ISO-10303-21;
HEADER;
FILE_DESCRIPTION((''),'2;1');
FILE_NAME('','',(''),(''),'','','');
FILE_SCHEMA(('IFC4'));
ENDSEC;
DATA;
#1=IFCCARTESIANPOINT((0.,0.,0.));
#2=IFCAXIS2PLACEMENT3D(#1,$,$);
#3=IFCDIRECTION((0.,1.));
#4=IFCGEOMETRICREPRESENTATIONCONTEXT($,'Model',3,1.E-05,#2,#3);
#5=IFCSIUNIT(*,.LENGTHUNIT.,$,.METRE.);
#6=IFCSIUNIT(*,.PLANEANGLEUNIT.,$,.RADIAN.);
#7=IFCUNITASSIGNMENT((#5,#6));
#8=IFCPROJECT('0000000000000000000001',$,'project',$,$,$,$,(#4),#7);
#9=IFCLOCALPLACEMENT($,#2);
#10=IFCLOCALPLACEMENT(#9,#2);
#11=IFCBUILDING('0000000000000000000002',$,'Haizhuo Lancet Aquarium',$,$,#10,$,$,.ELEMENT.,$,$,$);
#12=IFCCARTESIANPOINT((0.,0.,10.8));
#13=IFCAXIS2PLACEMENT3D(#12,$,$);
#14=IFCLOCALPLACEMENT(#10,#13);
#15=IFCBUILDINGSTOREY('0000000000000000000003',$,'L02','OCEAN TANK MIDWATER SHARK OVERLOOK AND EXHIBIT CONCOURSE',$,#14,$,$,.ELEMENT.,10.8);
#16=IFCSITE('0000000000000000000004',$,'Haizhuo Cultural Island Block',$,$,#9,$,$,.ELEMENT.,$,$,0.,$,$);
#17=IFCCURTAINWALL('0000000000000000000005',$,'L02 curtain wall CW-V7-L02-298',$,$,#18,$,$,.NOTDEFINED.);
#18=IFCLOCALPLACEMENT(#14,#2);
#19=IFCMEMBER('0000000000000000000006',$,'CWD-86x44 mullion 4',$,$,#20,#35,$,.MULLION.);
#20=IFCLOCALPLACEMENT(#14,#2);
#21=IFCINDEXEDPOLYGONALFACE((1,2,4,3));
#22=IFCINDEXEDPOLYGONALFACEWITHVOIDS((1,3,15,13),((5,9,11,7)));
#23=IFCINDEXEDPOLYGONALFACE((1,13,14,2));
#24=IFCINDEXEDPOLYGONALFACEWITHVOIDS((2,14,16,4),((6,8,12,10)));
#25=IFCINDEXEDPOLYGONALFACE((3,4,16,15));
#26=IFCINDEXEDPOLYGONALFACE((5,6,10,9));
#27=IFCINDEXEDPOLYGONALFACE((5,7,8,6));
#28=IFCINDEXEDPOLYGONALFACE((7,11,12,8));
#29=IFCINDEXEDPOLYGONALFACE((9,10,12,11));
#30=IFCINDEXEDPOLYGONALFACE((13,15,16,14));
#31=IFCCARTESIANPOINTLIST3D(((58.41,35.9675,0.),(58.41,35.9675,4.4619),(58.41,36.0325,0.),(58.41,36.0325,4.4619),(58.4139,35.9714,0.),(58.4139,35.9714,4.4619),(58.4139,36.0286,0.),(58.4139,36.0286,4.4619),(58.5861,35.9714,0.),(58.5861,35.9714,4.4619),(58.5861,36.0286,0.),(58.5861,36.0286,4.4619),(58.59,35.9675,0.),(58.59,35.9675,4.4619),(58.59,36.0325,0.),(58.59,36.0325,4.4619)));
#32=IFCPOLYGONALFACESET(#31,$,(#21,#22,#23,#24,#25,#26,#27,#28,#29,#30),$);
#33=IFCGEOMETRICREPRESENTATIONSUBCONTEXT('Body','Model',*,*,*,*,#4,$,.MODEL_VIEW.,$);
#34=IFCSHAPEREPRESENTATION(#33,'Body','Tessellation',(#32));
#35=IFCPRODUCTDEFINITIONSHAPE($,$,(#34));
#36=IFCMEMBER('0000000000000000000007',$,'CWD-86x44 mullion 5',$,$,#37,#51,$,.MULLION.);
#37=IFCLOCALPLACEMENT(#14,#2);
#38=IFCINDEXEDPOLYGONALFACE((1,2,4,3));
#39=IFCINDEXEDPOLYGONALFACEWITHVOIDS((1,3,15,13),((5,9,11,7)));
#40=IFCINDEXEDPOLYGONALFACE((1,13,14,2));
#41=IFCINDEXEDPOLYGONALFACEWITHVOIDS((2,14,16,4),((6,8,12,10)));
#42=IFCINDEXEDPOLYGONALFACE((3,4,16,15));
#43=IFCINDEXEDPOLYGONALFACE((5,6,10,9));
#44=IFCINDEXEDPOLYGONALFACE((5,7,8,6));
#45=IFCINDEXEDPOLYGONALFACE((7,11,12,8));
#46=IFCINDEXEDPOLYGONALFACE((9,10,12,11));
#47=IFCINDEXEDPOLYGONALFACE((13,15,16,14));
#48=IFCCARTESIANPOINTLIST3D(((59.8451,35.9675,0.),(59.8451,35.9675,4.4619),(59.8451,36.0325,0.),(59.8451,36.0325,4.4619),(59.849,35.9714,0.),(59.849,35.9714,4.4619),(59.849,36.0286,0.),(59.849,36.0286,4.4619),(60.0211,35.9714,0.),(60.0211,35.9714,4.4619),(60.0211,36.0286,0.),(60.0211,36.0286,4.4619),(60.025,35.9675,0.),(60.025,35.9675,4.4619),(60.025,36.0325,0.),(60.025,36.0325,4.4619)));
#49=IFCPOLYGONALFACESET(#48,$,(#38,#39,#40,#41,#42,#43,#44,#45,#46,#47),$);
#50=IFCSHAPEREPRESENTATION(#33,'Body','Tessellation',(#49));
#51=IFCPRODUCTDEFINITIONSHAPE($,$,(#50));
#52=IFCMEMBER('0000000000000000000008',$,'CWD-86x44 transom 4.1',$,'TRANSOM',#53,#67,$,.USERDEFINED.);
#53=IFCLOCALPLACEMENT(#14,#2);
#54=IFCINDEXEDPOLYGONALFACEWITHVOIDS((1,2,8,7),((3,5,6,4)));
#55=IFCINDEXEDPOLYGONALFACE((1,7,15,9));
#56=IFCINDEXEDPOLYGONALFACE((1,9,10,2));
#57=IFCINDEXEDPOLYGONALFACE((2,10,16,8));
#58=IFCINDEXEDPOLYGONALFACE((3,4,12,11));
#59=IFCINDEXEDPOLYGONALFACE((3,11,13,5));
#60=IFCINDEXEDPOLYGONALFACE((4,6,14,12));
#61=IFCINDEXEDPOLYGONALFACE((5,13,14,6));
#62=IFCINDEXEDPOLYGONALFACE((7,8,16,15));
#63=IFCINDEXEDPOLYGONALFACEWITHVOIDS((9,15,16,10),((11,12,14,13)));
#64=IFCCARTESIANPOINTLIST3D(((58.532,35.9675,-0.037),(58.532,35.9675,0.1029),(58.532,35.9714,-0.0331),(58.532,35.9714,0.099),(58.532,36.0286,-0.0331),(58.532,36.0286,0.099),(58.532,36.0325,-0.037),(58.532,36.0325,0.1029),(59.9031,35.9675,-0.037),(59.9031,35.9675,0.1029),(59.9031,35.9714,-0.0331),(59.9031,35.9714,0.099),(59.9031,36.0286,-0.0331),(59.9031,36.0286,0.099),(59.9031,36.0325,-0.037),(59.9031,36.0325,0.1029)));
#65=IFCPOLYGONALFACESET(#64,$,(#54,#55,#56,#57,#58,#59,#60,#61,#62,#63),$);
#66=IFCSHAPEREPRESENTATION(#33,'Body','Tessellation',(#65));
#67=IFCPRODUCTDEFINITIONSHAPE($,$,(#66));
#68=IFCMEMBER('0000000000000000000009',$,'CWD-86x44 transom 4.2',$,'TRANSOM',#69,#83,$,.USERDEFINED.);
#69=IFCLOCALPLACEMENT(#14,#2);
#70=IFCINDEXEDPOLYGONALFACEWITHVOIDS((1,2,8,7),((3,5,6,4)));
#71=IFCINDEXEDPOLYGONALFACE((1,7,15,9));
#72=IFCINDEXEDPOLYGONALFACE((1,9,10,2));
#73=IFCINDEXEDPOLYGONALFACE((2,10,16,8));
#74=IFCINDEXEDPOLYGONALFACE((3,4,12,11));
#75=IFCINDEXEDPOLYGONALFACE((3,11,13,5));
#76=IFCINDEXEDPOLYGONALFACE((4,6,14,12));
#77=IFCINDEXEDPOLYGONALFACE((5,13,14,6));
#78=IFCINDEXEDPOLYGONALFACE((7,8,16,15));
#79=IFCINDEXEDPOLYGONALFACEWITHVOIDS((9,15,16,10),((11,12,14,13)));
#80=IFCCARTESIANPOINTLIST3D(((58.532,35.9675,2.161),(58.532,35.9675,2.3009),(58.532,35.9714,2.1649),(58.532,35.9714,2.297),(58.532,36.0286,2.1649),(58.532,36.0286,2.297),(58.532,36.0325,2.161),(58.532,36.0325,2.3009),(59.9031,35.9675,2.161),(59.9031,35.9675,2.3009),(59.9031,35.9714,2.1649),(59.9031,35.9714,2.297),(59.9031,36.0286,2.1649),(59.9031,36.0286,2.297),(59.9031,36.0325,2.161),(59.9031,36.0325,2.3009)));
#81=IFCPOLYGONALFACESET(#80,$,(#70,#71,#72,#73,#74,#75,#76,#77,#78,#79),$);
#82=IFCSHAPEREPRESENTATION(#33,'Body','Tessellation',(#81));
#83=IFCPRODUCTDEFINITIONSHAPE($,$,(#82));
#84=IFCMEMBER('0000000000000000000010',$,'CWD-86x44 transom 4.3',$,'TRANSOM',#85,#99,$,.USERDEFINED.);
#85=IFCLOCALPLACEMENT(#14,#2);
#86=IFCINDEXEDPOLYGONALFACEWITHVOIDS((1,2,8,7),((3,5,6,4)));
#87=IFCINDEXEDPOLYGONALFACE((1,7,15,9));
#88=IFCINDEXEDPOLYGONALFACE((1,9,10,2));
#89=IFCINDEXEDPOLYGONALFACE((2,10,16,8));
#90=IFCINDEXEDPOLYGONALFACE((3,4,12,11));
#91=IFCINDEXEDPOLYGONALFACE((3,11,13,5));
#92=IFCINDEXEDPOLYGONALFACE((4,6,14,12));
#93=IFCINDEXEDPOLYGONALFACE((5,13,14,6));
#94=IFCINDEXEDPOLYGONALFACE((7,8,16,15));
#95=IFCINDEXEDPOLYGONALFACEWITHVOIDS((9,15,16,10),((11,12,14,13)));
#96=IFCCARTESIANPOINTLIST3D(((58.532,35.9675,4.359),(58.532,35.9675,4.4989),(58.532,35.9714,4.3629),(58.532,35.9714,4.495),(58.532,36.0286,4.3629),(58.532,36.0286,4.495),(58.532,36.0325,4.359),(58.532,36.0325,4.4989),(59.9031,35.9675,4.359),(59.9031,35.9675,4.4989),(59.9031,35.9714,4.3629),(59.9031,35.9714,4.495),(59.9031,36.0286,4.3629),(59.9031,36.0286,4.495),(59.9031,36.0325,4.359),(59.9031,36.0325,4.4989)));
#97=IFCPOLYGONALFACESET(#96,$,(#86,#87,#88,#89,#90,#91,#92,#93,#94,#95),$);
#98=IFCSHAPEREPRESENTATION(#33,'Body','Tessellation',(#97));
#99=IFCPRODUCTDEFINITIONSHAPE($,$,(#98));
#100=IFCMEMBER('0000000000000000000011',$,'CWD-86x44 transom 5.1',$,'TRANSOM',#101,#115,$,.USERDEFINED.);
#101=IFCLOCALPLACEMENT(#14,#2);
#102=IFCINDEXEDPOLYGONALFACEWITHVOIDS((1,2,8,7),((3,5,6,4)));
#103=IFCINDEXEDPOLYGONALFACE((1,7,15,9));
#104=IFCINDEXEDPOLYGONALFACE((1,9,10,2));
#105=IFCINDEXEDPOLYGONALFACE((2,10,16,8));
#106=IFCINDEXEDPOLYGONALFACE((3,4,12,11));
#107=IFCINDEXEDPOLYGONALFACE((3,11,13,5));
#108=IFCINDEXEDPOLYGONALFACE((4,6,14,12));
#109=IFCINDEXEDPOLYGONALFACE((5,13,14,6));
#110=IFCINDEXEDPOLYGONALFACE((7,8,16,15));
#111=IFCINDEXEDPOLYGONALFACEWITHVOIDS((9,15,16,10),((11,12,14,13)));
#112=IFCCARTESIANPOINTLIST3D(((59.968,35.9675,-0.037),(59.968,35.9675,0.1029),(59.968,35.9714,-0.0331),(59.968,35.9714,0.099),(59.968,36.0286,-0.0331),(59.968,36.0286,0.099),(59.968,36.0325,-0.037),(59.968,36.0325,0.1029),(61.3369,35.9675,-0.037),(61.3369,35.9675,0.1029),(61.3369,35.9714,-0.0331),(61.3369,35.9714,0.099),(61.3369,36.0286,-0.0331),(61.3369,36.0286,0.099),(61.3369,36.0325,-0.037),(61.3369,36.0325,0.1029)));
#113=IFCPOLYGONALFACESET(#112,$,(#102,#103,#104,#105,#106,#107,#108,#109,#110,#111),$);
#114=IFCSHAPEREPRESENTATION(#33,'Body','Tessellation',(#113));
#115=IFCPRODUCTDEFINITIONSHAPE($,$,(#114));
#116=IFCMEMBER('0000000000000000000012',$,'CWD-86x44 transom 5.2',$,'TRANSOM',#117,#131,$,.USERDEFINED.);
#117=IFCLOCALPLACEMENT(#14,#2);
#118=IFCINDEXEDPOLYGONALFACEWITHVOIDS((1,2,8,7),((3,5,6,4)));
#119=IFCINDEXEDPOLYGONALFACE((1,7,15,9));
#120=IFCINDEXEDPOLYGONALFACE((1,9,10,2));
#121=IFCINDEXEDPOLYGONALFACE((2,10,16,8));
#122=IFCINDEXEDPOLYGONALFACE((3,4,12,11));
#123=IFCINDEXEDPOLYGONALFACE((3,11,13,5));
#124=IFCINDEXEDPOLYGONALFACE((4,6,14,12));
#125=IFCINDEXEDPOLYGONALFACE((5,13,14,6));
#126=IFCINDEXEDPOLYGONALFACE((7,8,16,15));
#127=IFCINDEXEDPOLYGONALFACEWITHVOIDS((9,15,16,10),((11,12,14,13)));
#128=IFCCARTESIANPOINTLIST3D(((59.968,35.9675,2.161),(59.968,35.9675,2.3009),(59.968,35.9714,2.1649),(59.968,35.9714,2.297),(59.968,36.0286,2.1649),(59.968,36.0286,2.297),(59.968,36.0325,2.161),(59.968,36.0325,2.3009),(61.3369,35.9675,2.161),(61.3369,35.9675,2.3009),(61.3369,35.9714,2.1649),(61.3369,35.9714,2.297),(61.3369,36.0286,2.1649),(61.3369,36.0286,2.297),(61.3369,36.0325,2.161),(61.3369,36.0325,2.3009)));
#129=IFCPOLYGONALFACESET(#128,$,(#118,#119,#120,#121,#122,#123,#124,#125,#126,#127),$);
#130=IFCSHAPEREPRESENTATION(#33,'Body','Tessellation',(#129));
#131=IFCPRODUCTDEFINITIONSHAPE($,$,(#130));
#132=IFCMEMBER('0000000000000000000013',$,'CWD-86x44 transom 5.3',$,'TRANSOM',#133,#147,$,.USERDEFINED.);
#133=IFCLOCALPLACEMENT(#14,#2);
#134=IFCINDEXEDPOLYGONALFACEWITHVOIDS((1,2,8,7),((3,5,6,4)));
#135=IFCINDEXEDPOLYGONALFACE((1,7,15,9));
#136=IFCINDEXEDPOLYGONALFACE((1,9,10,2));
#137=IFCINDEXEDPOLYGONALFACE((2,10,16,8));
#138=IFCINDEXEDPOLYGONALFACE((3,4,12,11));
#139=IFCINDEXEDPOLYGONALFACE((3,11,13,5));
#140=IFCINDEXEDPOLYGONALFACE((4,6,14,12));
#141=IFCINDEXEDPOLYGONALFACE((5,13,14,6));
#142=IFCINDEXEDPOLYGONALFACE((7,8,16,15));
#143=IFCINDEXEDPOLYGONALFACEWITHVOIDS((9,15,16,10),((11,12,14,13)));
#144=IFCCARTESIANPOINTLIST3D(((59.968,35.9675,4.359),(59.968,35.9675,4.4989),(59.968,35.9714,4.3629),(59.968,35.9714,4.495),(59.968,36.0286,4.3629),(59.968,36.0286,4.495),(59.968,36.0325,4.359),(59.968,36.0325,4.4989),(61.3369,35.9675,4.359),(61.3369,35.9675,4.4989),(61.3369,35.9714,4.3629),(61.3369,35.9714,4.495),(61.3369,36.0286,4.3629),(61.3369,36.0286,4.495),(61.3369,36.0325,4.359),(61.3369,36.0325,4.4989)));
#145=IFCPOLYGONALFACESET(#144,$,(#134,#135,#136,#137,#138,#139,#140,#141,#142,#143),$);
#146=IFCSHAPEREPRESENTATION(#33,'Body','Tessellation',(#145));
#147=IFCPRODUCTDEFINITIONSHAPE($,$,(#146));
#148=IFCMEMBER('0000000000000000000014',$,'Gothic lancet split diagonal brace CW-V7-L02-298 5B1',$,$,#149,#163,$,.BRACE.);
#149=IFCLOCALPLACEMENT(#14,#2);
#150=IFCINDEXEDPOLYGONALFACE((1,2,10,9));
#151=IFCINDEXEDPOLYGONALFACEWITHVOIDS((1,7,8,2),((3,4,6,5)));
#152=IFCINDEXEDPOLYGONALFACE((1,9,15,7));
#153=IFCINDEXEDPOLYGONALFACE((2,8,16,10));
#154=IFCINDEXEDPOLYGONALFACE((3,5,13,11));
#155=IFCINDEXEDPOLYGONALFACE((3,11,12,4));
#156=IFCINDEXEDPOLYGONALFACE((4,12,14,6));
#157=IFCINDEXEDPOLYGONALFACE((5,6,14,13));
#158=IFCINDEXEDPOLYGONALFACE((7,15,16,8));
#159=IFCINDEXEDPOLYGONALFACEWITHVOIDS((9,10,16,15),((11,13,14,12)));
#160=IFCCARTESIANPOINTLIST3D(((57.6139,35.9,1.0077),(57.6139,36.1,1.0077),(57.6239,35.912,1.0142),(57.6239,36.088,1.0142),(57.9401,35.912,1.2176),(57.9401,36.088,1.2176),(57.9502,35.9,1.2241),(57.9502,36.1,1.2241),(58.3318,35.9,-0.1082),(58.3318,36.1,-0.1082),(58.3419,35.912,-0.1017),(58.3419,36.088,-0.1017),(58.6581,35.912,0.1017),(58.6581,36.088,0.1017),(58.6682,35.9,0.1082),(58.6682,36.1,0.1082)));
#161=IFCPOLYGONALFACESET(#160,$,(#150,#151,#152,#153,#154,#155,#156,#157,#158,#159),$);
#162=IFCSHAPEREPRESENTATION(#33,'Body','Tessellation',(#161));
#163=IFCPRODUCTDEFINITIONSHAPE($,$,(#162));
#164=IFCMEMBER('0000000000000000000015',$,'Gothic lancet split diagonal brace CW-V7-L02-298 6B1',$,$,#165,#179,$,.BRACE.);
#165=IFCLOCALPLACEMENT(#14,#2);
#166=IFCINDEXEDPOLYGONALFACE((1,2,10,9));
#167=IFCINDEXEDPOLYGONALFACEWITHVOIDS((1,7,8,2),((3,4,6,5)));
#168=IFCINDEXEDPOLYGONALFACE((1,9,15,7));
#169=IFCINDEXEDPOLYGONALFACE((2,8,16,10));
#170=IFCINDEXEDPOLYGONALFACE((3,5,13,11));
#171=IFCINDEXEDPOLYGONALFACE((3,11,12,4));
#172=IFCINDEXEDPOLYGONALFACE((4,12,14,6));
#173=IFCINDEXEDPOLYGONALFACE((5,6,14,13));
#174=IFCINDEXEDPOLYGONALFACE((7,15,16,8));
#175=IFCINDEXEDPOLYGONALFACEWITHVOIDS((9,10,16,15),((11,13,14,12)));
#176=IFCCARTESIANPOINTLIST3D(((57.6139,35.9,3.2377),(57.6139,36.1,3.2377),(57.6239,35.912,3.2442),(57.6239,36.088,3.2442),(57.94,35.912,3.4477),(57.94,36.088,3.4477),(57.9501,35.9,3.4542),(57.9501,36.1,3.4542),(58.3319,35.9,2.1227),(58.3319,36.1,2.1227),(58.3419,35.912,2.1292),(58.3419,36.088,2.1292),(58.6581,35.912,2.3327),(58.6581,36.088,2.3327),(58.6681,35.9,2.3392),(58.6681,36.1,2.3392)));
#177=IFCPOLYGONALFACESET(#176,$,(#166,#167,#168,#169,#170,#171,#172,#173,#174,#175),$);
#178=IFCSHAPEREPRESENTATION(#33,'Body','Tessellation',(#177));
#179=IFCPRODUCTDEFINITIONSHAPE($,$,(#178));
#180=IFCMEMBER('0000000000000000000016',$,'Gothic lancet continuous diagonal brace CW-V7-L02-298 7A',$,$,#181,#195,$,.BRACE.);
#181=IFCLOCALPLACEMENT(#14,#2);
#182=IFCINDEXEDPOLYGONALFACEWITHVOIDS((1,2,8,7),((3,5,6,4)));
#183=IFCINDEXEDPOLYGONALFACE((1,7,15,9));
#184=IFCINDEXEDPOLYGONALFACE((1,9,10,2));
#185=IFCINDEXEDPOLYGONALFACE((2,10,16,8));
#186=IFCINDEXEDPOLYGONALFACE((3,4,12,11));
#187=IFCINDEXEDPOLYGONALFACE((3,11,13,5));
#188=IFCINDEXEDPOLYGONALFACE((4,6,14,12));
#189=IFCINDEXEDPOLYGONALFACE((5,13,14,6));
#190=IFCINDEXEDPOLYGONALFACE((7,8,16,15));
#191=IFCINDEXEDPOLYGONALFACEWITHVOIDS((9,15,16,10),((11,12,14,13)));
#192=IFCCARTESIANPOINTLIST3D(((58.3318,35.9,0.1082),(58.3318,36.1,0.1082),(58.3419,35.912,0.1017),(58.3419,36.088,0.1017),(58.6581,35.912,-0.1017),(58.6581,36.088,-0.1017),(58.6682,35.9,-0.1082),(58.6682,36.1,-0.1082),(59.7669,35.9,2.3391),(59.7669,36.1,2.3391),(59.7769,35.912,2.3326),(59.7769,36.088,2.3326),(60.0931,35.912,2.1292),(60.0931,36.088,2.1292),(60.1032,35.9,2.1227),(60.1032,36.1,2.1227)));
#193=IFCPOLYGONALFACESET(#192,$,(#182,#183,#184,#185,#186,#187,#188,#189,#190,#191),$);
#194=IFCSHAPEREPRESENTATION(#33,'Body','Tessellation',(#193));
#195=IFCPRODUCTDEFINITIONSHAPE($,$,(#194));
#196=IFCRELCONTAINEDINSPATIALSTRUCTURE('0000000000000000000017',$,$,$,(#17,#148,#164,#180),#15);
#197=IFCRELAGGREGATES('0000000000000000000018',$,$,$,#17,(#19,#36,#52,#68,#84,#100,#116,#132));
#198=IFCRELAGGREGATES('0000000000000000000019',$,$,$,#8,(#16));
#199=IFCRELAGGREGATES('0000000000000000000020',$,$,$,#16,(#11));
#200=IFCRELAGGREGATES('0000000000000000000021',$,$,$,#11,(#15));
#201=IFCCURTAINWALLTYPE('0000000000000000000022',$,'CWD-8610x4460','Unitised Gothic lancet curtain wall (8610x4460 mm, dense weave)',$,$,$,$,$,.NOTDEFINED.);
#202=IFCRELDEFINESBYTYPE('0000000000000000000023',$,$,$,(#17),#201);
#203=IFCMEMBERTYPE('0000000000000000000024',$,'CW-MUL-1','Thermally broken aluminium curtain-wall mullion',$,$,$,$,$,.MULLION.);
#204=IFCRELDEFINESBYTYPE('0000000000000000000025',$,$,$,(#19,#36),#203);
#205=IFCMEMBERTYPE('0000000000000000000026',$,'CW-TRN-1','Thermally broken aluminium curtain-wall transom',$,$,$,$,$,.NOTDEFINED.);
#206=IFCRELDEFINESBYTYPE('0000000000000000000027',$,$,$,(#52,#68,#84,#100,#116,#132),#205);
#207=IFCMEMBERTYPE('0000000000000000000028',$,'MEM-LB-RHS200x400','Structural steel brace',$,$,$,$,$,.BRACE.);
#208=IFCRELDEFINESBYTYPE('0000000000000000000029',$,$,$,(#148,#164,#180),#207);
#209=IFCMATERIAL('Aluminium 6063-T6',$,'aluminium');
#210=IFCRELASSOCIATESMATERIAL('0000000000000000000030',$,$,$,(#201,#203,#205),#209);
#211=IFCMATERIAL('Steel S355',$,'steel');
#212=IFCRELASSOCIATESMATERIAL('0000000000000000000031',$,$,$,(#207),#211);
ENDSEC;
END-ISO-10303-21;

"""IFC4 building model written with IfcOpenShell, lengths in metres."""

from ifc_helpers import new_model, si_unit, direction, frame, origin, origin_2d, place, context, subcontext, project, spatial, hollow_rectangle, extrude, material, material_profile, profile_set, type_object, element, aggregate, save


model = new_model("IFC4")

# Units and contexts
model_context = context("Model", 3, precision=1e-05, world=origin(), true_north=direction((0.0, 1.0)))
body_context = subcontext(model_context, "Body", "Model", "MODEL_VIEW")
ifc_project = project(units=[si_unit("LENGTHUNIT", "METRE"), si_unit("PLANEANGLEUNIT", "RADIAN")], contexts=[model_context])

# Site, building, storey
site_placement = place(None, origin())
site = spatial("IfcSite", under=ifc_project, at=site_placement, Name="Haizhuo Cultural Island Block", CompositionType="ELEMENT", RefElevation=0.0)
building_placement = place(site_placement, origin())
building = spatial("IfcBuilding", under=site, at=building_placement, Name="Haizhuo Lancet Aquarium", CompositionType="ELEMENT")
storey_placement = place(building_placement, frame((0.0, 0.0, 10.8)))
storey = spatial("IfcBuildingStorey", under=building, at=storey_placement, Name="L02", Description="OCEAN TANK MIDWATER SHARK OVERLOOK AND EXHIBIT CONCOURSE", CompositionType="ELEMENT", Elevation=10.8)

# Curtain wall, members
ifc_material_1 = material(Name="Aluminium 6063-T6", Category="aluminium")
curtain_wall_type = type_object("IfcCurtainWallType", Name="CWD-8610x4460", Description="Unitised Gothic lancet curtain wall (8610x4460 mm, dense weave)", PredefinedType="NOTDEFINED", material=ifc_material_1)
curtain_wall_placement = place(storey_placement, origin())
curtain_wall = element("IfcCurtainWall", 1, at=curtain_wall_placement, inside=storey, type_object=curtain_wall_type, Name="L02 curtain wall CW-V7-L02-298", PredefinedType="NOTDEFINED")
ifc_material_profile_1 = material_profile(ifc_material_1, hollow_rectangle(XDim=0.0649, YDim=0.1799, WallThickness=0.0039, at=origin_2d()), Name="ALU-M 65x180x4")
ifc_profile_set_1 = profile_set([ifc_material_profile_1], Name="Aluminium 6063-T6")
member_type_1 = type_object("IfcMemberType", Name="CW-MUL-1", Description="Thermally broken aluminium curtain-wall mullion", PredefinedType="MULLION", material=ifc_profile_set_1)
member_1_placement = place(storey_placement, frame((58.5, 36.0, 0.0), z_axis=(0.0, 0.0, 1.0), x_axis=(0.0, 1.0, 0.0)))
member_1 = element("IfcMember", 2, at=member_1_placement, type_object=member_type_1, Name="CWD-86x44 mullion 4", PredefinedType="MULLION", context=body_context, shape_type="SweptSolid", body=[
    extrude(hollow_rectangle(XDim=0.0649, YDim=0.1799, WallThickness=0.0039, at=origin_2d()), origin(), (0.0, 0.0, 1.0), 4.4619),
])
member_2_placement = place(storey_placement, frame((59.9351, 36.0, 0.0), z_axis=(0.0, 0.0, 1.0), x_axis=(0.0, 1.0, 0.0)))
member_2 = element("IfcMember", 3, at=member_2_placement, type_object=member_type_1, Name="CWD-86x44 mullion 5", PredefinedType="MULLION", context=body_context, shape_type="SweptSolid", body=[
    extrude(hollow_rectangle(XDim=0.0649, YDim=0.1799, WallThickness=0.0039, at=origin_2d()), origin(), (0.0, 0.0, 1.0), 4.4619),
])
ifc_material_profile_2 = material_profile(ifc_material_1, hollow_rectangle(XDim=0.0649, YDim=0.1399, WallThickness=0.0039, at=origin_2d()), Name="ALU-T 65x140x4")
ifc_profile_set_2 = profile_set([ifc_material_profile_2], Name="Aluminium 6063-T6")
member_type_2 = type_object("IfcMemberType", Name="CW-TRN-1", Description="Thermally broken aluminium curtain-wall transom", PredefinedType="NOTDEFINED", material=ifc_profile_set_2)
member_3_placement = place(storey_placement, frame((58.532, 36.0, 0.033), z_axis=(1.0, 0.0, 0.0), x_axis=(0.0, 1.0, 0.0)))
member_3 = element("IfcMember", 4, at=member_3_placement, type_object=member_type_2, Name="CWD-86x44 transom 4.1", ObjectType="TRANSOM", PredefinedType="USERDEFINED", context=body_context, shape_type="SweptSolid", body=[
    extrude(hollow_rectangle(XDim=0.0649, YDim=0.1399, WallThickness=0.0039, at=origin_2d()), origin(), (0.0, 0.0, 1.0), 1.3711),
])
member_4_placement = place(storey_placement, frame((58.532, 36.0, 2.231), z_axis=(1.0, 0.0, 0.0), x_axis=(0.0, 1.0, 0.0)))
member_4 = element("IfcMember", 5, at=member_4_placement, type_object=member_type_2, Name="CWD-86x44 transom 4.2", ObjectType="TRANSOM", PredefinedType="USERDEFINED", context=body_context, shape_type="SweptSolid", body=[
    extrude(hollow_rectangle(XDim=0.0649, YDim=0.1399, WallThickness=0.0039, at=origin_2d()), origin(), (0.0, 0.0, 1.0), 1.3711),
])
member_5_placement = place(storey_placement, frame((58.532, 36.0, 4.429), z_axis=(1.0, 0.0, 0.0), x_axis=(0.0, 1.0, 0.0)))
member_5 = element("IfcMember", 6, at=member_5_placement, type_object=member_type_2, Name="CWD-86x44 transom 4.3", ObjectType="TRANSOM", PredefinedType="USERDEFINED", context=body_context, shape_type="SweptSolid", body=[
    extrude(hollow_rectangle(XDim=0.0649, YDim=0.1399, WallThickness=0.0039, at=origin_2d()), origin(), (0.0, 0.0, 1.0), 1.3711),
])
member_6_placement = place(storey_placement, frame((59.968, 36.0, 0.033), z_axis=(1.0, 0.0, 0.0), x_axis=(0.0, 1.0, 0.0)))
member_6 = element("IfcMember", 7, at=member_6_placement, type_object=member_type_2, Name="CWD-86x44 transom 5.1", ObjectType="TRANSOM", PredefinedType="USERDEFINED", context=body_context, shape_type="SweptSolid", body=[
    extrude(hollow_rectangle(XDim=0.0649, YDim=0.1399, WallThickness=0.0039, at=origin_2d()), origin(), (0.0, 0.0, 1.0), 1.3689),
])
member_7_placement = place(storey_placement, frame((59.968, 36.0, 2.231), z_axis=(1.0, 0.0, 0.0), x_axis=(0.0, 1.0, 0.0)))
member_7 = element("IfcMember", 8, at=member_7_placement, type_object=member_type_2, Name="CWD-86x44 transom 5.2", ObjectType="TRANSOM", PredefinedType="USERDEFINED", context=body_context, shape_type="SweptSolid", body=[
    extrude(hollow_rectangle(XDim=0.0649, YDim=0.1399, WallThickness=0.0039, at=origin_2d()), origin(), (0.0, 0.0, 1.0), 1.3689),
])
member_8_placement = place(storey_placement, frame((59.968, 36.0, 4.429), z_axis=(1.0, 0.0, 0.0), x_axis=(0.0, 1.0, 0.0)))
member_8 = element("IfcMember", 9, at=member_8_placement, type_object=member_type_2, Name="CWD-86x44 transom 5.3", ObjectType="TRANSOM", PredefinedType="USERDEFINED", context=body_context, shape_type="SweptSolid", body=[
    extrude(hollow_rectangle(XDim=0.0649, YDim=0.1399, WallThickness=0.0039, at=origin_2d()), origin(), (0.0, 0.0, 1.0), 1.3689),
])

# Members
ifc_material_2 = material(Name="Steel S355", Category="steel")
ifc_material_profile_3 = material_profile(ifc_material_2, hollow_rectangle(XDim=0.2, YDim=0.3999, WallThickness=0.012, at=origin_2d()), Name="RHS 200x400x12")
ifc_profile_set_3 = profile_set([ifc_material_profile_3], Name="Steel S355")
member_type_3 = type_object("IfcMemberType", Name="MEM-LB-RHS200x400", Description="Structural steel brace", PredefinedType="BRACE", material=ifc_profile_set_3)
member_9_placement = place(storey_placement, frame((58.5, 36.0, 0.0), z_axis=(-0.541083, 0.0, 0.840969), x_axis=(0.0, -1.0, 0.0)))
element("IfcMember", 10, at=member_9_placement, inside=storey, type_object=member_type_3, Name="Gothic lancet split diagonal brace CW-V7-L02-298 5B1", PredefinedType="BRACE", context=body_context, shape_type="SweptSolid", body=[
    extrude(hollow_rectangle(XDim=0.2, YDim=0.3999, WallThickness=0.012, at=origin_2d()), origin(), (0.0, 0.0, 1.0), 1.3269),
])
member_10_placement = place(storey_placement, frame((58.5, 36.0, 2.231), z_axis=(-0.541418, 0.0, 0.840754), x_axis=(0.0, -1.0, 0.0)))
element("IfcMember", 11, at=member_10_placement, inside=storey, type_object=member_type_3, Name="Gothic lancet split diagonal brace CW-V7-L02-298 6B1", PredefinedType="BRACE", context=body_context, shape_type="SweptSolid", body=[
    extrude(hollow_rectangle(XDim=0.2, YDim=0.3999, WallThickness=0.012, at=origin_2d()), origin(), (0.0, 0.0, 1.0), 1.3262),
])
member_11_placement = place(storey_placement, frame((58.5, 36.0, 0.0), z_axis=(0.54099, 0.0, 0.841029), x_axis=(0.0, 1.0, 0.0)))
element("IfcMember", 12, at=member_11_placement, inside=storey, type_object=member_type_3, Name="Gothic lancet continuous diagonal brace CW-V7-L02-298 7A", PredefinedType="BRACE", context=body_context, shape_type="SweptSolid", body=[
    extrude(hollow_rectangle(XDim=0.2, YDim=0.3999, WallThickness=0.012, at=origin_2d()), origin(), (0.0, 0.0, 1.0), 2.6526),
])

aggregate(curtain_wall, [member_1, member_2, member_3, member_4, member_5, member_6, member_7, member_8])

save(model, "model.ifc")
